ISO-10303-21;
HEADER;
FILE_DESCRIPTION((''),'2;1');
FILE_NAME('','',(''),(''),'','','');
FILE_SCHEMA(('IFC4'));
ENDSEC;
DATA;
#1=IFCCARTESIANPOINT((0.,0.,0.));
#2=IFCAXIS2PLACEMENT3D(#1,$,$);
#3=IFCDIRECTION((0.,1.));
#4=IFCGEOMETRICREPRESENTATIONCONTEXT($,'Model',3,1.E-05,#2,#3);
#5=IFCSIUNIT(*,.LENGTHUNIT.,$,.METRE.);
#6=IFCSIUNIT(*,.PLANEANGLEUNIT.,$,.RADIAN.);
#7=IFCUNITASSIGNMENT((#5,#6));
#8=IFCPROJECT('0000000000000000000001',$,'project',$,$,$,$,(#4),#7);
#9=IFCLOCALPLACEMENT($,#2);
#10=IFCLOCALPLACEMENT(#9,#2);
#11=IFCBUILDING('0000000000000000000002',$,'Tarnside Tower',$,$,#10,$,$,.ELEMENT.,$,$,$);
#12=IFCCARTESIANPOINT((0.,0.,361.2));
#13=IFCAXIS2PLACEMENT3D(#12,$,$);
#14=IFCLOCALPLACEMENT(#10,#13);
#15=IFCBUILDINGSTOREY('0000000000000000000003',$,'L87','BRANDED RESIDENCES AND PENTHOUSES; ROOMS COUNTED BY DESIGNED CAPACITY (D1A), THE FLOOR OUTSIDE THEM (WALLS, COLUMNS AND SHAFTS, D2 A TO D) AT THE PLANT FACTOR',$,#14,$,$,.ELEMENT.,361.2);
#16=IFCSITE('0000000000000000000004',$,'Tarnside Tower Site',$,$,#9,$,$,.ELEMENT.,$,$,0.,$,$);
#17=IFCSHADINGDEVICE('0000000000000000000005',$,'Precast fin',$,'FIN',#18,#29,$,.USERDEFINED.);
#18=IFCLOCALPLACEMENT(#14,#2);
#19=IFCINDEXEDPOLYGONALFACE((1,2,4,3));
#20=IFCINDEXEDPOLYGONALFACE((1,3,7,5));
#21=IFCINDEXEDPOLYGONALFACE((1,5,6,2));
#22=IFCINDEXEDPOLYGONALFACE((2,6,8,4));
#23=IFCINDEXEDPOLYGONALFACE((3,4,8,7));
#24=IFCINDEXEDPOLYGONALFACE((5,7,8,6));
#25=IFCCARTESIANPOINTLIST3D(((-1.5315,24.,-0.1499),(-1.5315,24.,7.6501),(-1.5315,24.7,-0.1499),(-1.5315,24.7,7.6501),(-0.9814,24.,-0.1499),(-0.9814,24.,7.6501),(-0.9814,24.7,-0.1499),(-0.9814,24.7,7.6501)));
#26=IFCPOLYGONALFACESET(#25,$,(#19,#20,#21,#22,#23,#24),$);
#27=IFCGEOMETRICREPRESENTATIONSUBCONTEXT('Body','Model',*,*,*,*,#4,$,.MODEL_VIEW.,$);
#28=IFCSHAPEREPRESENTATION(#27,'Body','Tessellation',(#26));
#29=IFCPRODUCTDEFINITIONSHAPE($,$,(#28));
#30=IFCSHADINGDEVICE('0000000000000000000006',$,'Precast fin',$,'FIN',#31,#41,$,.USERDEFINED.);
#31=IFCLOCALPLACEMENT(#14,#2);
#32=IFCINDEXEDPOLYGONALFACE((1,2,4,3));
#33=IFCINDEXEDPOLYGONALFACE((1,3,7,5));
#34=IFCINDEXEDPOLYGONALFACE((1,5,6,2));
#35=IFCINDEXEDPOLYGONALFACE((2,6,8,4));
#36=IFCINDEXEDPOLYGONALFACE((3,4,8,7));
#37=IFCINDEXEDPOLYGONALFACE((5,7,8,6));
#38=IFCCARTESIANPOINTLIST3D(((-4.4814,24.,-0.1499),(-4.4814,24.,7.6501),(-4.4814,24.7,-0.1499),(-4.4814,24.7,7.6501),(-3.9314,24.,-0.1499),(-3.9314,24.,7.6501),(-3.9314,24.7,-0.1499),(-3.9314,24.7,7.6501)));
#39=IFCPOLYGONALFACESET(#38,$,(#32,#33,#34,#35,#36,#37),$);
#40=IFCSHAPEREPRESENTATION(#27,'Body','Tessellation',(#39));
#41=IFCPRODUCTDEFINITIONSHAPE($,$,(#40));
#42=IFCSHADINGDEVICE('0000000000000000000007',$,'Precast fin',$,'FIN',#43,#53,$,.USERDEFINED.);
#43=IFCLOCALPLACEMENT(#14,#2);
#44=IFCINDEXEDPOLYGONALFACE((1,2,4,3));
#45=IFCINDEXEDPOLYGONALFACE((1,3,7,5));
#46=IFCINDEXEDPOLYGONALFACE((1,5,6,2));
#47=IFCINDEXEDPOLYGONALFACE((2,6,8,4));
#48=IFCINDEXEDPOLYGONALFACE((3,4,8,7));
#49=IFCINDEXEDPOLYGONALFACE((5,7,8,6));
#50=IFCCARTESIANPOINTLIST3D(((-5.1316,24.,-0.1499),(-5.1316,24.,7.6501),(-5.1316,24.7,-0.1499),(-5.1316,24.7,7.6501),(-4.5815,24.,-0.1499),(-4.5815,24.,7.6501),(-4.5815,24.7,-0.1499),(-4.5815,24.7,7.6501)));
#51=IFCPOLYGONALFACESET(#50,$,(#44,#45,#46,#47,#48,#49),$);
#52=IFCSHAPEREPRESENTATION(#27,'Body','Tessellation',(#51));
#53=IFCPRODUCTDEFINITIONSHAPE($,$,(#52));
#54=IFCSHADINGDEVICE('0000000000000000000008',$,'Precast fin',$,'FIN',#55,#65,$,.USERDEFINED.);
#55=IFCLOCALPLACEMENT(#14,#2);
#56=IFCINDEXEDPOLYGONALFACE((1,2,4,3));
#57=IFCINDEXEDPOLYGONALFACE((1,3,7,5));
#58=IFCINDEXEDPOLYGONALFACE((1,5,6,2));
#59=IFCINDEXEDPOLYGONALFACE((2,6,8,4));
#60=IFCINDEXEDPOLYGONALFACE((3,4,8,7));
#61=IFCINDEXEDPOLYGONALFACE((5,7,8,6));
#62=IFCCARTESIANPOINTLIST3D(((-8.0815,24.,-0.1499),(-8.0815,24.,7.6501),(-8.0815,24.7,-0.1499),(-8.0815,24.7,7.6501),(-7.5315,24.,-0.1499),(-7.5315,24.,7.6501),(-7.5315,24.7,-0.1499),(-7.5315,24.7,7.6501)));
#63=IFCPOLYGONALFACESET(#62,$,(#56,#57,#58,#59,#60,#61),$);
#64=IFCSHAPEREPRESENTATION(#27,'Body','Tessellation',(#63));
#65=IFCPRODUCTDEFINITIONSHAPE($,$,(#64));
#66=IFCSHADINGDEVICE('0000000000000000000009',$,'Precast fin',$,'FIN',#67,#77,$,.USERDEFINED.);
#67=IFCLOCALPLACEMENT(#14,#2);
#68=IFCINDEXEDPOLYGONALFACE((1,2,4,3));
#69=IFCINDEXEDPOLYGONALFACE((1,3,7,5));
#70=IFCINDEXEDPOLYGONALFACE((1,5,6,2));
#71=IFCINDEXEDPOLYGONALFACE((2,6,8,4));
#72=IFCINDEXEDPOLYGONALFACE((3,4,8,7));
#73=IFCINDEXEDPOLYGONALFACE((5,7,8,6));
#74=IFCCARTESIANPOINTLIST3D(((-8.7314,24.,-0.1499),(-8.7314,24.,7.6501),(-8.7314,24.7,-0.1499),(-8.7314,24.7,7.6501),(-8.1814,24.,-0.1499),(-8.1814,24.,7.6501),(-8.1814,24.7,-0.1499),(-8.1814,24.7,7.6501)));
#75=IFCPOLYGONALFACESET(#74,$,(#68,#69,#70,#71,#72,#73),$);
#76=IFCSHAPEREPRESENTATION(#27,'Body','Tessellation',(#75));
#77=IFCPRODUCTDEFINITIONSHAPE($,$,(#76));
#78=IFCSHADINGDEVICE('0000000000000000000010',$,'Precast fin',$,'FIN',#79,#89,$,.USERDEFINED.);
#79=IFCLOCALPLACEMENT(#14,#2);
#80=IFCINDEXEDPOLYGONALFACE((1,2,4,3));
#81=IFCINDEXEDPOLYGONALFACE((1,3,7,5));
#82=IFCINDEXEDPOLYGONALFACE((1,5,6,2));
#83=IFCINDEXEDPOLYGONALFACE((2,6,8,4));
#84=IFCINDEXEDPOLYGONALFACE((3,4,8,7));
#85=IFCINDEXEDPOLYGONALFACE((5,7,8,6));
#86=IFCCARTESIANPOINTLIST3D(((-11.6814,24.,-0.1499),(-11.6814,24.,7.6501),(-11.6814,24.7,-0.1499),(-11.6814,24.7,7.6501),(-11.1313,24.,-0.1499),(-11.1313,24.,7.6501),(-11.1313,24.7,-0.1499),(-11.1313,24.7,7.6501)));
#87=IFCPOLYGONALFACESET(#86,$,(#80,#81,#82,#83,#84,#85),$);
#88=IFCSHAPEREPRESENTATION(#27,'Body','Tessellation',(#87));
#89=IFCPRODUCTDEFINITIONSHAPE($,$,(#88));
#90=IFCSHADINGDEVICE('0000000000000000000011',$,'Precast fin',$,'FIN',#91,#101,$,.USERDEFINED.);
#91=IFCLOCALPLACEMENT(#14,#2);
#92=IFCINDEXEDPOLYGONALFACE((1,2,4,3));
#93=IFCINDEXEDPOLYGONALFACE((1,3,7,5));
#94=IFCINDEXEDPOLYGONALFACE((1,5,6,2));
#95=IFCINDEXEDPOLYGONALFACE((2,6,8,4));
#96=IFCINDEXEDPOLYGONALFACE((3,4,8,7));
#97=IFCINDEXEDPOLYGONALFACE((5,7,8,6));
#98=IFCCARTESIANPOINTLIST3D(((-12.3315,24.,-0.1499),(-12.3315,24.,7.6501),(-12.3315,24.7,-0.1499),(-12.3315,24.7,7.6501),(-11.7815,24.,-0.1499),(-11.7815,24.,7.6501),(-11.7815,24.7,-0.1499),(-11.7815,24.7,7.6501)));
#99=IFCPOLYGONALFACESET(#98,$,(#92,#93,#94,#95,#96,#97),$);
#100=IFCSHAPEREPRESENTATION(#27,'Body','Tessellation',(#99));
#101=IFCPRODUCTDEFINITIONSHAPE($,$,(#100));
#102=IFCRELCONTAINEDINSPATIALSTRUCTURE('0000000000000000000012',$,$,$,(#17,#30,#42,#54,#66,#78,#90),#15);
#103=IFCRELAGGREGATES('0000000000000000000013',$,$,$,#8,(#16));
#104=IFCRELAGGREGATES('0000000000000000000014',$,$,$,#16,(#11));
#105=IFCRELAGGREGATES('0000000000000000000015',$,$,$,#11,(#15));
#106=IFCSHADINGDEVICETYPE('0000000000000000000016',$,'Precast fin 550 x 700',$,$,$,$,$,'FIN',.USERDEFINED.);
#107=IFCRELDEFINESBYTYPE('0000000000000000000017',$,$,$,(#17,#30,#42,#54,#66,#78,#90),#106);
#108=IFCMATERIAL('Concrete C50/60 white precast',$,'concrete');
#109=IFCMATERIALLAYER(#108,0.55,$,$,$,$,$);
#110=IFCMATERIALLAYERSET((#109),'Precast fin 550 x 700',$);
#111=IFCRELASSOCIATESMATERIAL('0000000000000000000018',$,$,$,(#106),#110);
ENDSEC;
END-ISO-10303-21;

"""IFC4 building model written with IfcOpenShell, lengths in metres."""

from ifc_helpers import new_model, si_unit, direction, frame, origin, place, context, subcontext, project, spatial, polyline, outline, extrude, material, layer, layer_set, type_object, element, save


model = new_model("IFC4")

# Units and contexts
model_context = context("Model", 3, precision=1e-05, world=origin(), true_north=direction((0.0, 1.0)))
body_context = subcontext(model_context, "Body", "Model", "MODEL_VIEW")
ifc_project = project(units=[si_unit("LENGTHUNIT", "METRE"), si_unit("PLANEANGLEUNIT", "RADIAN")], contexts=[model_context])

# Site, building, storey
site_placement = place(None, origin())
site = spatial("IfcSite", under=ifc_project, at=site_placement, Name="Tarnside Tower Site", CompositionType="ELEMENT", RefElevation=0.0)
building_placement = place(site_placement, origin())
building = spatial("IfcBuilding", under=site, at=building_placement, Name="Tarnside Tower", CompositionType="ELEMENT")
storey_placement = place(building_placement, frame((0.0, 0.0, 361.2)))
storey = spatial("IfcBuildingStorey", under=building, at=storey_placement, Name="L87", Description="BRANDED RESIDENCES AND PENTHOUSES; ROOMS COUNTED BY DESIGNED CAPACITY (D1A), THE FLOOR OUTSIDE THEM (WALLS, COLUMNS AND SHAFTS, D2 A TO D) AT THE PLANT FACTOR", CompositionType="ELEMENT", Elevation=361.2)

# Shading devices
ifc_material_1 = material(Name="Concrete C50/60 white precast", Category="concrete")
ifc_layer_1 = layer(ifc_material_1, 0.55)
ifc_layer_set_1 = layer_set([ifc_layer_1], Name="Precast fin 550 x 700")
shading_device_type_1 = type_object("IfcShadingDeviceType", Name="Precast fin 550 x 700", ElementType="FIN", PredefinedType="USERDEFINED", material=ifc_layer_set_1)
for number, where, z_axis, x_axis, name in (
    (1, (-1.2566, 24.0, -0.1499), (1.0, 0.0, 0.0), (0.0, 1.0, 0.0), "Precast fin"),
    (2, (-4.2065, 24.0, -0.1499), (1.0, 0.0, 0.0), (0.0, 1.0, 0.0), "Precast fin"),
    (3, (-4.8567, 24.0, -0.1499), (1.0, 0.0, 0.0), (0.0, 1.0, 0.0), "Precast fin"),
    (4, (-7.8066, 24.0, -0.1499), (1.0, 0.0, 0.0), (0.0, 1.0, 0.0), "Precast fin"),
    (5, (-8.4565, 24.0, -0.1499), (1.0, 0.0, 0.0), (0.0, 1.0, 0.0), "Precast fin"),
    (6, (-11.4065, 24.0, -0.1499), (1.0, 0.0, 0.0), (0.0, 1.0, 0.0), "Precast fin"),
    (7, (-12.0566, 24.0, -0.1499), (1.0, 0.0, 0.0), (0.0, 1.0, 0.0), "Precast fin"),
):
    element("IfcShadingDevice", number, at=place(storey_placement, frame(where, z_axis=z_axis, x_axis=x_axis)), inside=storey, type_object=shading_device_type_1, Name=name, ObjectType="FIN", PredefinedType="USERDEFINED", context=body_context, shape_type="SweptSolid", body=[
        extrude(outline(polyline([(0.0, 0.0), (0.7, 0.0), (0.7, 7.8), (0.0, 7.8), (0.0, 0.0)])), frame((0.0, 0.0, -0.2749)), (0.0, 0.0, 1.0), 0.55),
    ])

save(model, "model.ifc")
